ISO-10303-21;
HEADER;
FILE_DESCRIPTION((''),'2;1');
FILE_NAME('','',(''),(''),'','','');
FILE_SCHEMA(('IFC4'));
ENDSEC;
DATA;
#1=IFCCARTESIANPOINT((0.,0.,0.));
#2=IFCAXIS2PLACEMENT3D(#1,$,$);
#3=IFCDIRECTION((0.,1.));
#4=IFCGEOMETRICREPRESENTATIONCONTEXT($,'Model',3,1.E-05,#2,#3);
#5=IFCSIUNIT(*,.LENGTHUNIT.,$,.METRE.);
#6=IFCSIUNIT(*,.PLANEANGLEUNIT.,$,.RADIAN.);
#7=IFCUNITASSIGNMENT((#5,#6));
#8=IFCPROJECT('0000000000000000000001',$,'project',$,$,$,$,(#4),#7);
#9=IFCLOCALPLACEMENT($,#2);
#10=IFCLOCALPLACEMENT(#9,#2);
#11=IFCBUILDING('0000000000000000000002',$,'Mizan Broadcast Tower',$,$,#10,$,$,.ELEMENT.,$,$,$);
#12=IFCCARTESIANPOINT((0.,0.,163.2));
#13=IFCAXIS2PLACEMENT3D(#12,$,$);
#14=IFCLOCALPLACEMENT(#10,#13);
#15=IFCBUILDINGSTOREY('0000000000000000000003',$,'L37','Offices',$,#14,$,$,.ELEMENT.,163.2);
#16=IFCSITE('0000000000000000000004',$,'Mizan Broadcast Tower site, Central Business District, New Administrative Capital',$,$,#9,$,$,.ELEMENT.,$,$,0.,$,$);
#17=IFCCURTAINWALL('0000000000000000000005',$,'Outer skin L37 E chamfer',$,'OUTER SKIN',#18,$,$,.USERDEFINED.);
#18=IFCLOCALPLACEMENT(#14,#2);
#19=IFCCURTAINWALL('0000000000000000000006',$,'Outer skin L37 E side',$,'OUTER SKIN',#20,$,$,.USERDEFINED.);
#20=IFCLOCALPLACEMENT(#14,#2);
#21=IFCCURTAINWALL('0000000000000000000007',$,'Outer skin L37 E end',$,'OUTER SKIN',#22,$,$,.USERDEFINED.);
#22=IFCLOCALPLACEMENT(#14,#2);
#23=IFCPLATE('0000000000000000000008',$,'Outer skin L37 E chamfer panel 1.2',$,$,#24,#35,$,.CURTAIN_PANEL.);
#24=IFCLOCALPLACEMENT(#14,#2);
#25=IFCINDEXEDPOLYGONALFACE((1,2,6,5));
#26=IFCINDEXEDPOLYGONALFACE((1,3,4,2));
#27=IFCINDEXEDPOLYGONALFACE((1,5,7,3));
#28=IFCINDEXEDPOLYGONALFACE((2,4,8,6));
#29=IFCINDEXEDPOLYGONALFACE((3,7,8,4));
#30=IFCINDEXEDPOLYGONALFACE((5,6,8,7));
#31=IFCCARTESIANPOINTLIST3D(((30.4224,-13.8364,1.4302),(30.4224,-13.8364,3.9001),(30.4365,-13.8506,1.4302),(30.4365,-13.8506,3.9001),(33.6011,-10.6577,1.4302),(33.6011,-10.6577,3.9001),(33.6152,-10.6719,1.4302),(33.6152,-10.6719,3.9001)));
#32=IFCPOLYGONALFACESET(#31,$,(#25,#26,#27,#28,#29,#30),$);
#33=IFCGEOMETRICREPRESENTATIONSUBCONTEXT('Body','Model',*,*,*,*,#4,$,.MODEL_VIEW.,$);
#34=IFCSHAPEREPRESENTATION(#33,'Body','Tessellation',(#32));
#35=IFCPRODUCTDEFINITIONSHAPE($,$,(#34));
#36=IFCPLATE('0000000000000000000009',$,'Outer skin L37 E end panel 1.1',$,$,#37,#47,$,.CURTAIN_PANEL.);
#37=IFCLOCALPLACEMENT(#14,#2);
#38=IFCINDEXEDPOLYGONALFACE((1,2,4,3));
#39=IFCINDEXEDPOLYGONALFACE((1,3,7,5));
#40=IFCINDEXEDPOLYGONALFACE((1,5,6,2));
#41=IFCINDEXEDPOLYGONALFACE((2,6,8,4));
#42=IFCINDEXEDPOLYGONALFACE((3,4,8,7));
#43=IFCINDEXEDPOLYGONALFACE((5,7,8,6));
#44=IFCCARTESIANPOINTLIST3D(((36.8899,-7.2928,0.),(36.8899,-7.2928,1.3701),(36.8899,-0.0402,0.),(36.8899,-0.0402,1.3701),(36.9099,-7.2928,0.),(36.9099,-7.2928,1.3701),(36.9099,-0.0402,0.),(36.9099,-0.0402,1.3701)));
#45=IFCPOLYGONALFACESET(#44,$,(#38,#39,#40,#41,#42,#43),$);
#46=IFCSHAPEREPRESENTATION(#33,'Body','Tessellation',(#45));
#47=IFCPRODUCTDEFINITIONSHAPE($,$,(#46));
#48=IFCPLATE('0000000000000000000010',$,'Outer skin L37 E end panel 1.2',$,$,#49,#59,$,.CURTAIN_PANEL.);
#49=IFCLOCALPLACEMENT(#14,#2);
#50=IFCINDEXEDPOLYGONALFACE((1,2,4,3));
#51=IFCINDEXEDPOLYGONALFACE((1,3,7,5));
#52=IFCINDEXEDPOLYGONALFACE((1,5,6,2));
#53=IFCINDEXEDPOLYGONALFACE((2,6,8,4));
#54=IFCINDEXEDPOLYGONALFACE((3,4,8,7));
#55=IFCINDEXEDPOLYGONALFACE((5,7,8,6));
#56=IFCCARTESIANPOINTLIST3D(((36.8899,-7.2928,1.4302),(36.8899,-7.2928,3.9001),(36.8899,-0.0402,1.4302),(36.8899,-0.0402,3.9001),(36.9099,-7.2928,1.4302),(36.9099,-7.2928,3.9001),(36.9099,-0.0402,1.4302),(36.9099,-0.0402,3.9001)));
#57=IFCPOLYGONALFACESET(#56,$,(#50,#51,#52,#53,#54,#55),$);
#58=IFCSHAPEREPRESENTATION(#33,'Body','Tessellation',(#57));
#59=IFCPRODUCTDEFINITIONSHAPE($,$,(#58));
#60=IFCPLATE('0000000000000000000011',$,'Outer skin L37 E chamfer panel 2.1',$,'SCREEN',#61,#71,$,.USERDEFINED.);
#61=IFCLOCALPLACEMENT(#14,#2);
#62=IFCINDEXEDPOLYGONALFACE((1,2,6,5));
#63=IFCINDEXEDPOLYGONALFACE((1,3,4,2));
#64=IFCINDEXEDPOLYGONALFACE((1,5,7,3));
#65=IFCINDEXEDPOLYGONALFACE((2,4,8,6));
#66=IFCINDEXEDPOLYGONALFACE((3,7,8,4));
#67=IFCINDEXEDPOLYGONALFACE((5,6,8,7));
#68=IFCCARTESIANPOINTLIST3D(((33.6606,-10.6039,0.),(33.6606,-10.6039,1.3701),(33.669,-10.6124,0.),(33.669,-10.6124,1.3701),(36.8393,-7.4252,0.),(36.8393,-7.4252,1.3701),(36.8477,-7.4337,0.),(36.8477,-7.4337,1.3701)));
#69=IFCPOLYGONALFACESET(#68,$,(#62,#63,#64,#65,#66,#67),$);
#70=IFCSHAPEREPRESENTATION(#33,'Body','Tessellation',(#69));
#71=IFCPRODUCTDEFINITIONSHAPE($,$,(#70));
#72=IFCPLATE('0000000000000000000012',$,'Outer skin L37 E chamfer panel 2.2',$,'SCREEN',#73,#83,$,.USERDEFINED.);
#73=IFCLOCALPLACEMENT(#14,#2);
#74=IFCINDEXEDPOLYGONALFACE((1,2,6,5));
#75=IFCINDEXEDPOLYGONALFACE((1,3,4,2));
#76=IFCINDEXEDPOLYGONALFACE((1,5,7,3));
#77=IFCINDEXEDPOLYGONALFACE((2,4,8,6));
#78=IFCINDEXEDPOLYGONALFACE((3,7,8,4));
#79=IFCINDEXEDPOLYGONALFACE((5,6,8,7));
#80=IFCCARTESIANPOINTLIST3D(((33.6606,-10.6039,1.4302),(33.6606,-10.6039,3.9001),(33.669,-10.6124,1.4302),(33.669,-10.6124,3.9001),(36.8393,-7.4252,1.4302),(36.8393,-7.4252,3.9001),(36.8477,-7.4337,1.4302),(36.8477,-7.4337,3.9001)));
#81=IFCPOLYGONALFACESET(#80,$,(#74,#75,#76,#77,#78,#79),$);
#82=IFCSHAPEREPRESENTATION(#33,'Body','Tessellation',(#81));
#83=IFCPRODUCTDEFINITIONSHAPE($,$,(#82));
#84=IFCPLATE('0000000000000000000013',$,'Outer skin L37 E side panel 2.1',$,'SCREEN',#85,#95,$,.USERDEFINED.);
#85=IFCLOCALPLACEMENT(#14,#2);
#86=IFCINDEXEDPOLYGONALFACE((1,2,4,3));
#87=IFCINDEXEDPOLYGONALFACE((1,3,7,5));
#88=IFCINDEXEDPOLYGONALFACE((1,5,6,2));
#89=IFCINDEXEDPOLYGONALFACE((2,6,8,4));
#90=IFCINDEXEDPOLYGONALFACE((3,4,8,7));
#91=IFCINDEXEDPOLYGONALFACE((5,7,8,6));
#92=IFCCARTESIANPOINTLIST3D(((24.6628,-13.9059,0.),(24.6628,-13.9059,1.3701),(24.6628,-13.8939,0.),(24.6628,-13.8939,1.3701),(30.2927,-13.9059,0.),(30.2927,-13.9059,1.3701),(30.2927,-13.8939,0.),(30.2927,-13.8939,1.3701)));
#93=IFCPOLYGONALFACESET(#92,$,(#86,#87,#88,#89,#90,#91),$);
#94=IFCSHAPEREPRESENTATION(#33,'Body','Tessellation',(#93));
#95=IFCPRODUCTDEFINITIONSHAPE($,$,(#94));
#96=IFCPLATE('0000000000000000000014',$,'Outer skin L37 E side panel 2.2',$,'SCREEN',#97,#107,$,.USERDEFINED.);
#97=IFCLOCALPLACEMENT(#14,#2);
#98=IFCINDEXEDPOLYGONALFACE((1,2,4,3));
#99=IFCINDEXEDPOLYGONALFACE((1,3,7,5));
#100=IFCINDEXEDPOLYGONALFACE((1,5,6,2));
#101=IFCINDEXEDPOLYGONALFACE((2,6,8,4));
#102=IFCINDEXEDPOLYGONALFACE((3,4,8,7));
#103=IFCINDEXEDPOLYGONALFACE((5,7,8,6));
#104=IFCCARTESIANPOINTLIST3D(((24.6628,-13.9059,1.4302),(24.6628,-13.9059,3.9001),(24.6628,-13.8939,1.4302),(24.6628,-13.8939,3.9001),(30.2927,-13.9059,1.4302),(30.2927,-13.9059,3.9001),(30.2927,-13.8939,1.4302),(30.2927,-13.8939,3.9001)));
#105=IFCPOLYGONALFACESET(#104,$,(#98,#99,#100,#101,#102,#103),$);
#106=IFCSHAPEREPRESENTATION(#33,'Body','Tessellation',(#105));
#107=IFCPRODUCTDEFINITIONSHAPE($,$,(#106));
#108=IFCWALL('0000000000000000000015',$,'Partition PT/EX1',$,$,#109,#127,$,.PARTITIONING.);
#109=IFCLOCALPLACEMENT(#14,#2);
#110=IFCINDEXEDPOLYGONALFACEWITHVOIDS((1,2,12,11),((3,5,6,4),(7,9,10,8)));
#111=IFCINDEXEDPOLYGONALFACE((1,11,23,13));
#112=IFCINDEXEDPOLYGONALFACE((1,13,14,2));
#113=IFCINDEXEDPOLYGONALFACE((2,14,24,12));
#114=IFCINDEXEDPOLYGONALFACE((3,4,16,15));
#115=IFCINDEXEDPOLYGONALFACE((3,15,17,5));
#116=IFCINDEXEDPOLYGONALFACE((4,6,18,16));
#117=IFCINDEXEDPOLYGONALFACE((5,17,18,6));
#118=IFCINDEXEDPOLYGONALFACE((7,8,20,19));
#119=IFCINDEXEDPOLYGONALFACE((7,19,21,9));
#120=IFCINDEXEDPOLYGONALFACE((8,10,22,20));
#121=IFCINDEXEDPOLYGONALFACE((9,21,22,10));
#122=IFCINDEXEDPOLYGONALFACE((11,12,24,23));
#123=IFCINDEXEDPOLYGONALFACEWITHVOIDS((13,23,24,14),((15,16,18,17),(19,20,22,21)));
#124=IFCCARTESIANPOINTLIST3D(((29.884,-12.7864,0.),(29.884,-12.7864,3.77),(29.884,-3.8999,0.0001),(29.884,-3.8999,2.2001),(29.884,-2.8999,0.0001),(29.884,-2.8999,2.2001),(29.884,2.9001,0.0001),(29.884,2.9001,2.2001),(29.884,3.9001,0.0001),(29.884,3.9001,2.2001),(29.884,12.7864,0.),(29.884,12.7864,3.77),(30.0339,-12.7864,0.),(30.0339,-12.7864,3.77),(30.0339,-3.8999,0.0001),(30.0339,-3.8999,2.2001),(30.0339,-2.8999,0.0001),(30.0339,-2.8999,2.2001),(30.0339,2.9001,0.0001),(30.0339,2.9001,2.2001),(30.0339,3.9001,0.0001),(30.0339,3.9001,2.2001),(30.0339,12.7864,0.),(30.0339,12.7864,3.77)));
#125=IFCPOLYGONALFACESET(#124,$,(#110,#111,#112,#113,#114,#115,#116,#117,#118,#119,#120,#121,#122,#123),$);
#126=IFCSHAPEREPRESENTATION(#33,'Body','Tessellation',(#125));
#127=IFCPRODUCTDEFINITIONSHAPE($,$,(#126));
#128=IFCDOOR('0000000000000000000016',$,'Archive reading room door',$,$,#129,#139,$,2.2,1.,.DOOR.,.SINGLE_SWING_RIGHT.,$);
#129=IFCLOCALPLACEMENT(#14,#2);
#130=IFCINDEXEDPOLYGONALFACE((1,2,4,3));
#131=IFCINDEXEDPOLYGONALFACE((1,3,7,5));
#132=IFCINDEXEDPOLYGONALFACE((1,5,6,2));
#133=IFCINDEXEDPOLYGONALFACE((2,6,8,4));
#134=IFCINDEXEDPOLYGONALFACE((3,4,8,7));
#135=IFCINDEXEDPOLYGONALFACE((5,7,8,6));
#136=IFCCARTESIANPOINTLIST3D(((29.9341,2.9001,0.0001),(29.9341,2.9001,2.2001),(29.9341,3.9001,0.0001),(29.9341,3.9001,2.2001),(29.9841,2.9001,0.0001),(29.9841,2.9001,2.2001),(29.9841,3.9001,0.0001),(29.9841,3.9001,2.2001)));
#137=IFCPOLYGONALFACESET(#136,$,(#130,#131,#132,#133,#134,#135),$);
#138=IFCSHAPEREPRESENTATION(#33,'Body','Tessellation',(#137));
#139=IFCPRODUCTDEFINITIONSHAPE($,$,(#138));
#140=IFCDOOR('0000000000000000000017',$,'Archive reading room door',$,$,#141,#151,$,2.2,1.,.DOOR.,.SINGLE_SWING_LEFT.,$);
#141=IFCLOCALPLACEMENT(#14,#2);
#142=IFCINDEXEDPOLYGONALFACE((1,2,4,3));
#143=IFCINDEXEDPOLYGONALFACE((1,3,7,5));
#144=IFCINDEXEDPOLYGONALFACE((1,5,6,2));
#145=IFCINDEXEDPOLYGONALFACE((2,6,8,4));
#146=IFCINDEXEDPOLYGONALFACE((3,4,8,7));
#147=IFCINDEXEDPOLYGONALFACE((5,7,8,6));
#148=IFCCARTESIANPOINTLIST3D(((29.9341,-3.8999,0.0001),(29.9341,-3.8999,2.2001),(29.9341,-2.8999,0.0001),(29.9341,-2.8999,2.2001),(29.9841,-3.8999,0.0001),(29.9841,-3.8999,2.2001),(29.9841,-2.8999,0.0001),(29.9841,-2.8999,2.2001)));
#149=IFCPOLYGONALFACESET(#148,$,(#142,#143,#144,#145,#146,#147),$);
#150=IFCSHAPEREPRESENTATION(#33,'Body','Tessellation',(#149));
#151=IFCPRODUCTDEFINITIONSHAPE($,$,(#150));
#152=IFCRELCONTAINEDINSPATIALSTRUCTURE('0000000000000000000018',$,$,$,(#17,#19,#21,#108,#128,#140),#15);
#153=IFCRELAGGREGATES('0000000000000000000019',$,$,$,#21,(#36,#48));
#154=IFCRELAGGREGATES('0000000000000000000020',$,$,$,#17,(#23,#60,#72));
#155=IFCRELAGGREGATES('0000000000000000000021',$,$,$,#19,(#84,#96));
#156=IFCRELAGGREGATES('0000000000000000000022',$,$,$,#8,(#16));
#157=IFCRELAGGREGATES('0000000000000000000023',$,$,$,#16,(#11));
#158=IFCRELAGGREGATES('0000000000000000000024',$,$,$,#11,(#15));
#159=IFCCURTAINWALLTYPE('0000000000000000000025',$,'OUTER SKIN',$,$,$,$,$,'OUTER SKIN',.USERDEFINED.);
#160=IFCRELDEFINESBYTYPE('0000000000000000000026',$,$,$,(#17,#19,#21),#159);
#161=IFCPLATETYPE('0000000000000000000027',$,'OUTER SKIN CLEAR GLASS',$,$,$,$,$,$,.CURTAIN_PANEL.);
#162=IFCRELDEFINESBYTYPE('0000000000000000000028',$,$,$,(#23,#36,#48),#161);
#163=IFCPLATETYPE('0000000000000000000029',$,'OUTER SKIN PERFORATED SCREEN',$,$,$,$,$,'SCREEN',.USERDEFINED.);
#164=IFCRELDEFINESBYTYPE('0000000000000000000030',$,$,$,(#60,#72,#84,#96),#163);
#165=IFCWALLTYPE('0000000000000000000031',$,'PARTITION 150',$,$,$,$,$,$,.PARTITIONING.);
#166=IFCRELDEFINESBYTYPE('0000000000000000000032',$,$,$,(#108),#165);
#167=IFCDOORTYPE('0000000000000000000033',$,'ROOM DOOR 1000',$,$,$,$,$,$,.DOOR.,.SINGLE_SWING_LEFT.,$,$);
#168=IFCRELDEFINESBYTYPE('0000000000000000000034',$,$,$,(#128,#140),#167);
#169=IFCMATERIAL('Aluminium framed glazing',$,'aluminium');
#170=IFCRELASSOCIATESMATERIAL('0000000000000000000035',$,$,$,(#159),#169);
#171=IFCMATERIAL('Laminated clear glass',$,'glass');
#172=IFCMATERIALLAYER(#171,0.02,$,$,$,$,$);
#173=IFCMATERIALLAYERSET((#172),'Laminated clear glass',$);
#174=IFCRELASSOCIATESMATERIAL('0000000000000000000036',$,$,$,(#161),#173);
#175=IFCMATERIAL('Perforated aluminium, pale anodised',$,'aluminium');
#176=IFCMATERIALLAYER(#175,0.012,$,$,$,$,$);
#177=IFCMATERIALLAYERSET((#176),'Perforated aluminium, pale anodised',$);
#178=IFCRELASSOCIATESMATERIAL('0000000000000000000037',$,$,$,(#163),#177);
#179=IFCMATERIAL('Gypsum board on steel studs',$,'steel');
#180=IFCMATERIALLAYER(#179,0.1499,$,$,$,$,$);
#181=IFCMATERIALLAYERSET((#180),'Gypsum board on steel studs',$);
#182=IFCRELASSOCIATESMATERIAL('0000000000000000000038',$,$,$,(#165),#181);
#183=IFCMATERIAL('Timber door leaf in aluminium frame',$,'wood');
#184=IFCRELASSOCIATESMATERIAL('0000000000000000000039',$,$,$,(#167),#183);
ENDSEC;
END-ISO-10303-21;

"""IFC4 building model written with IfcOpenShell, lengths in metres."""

from ifc_helpers import new_model, si_unit, direction, frame, frame_2d, origin, origin_2d, place, context, subcontext, project, spatial, rectangle, extrude, material, layer, layer_set, type_object, element, fill, aggregate, save


model = new_model("IFC4")

# Units and contexts
model_context = context("Model", 3, precision=1e-05, world=origin(), true_north=direction((0.0, 1.0)))
body_context = subcontext(model_context, "Body", "Model", "MODEL_VIEW")
ifc_project = project(units=[si_unit("LENGTHUNIT", "METRE"), si_unit("PLANEANGLEUNIT", "RADIAN")], contexts=[model_context])

# Site, building, storey
site_placement = place(None, origin())
site = spatial("IfcSite", under=ifc_project, at=site_placement, Name="Mizan Broadcast Tower site, Central Business District, New Administrative Capital", CompositionType="ELEMENT", RefElevation=0.0)
building_placement = place(site_placement, origin())
building = spatial("IfcBuilding", under=site, at=building_placement, Name="Mizan Broadcast Tower", CompositionType="ELEMENT")
storey_placement = place(building_placement, frame((0.0, 0.0, 163.2)))
storey = spatial("IfcBuildingStorey", under=building, at=storey_placement, Name="L37", Description="Offices", CompositionType="ELEMENT", Elevation=163.2)

# Curtain wall
ifc_material_1 = material(Name="Aluminium framed glazing", Category="aluminium")
curtain_wall_type_1 = type_object("IfcCurtainWallType", Name="OUTER SKIN", ElementType="OUTER SKIN", PredefinedType="USERDEFINED", material=ifc_material_1)
curtain_wall_1_placement = place(storey_placement, origin())
curtain_wall_1 = element("IfcCurtainWall", 1, at=curtain_wall_1_placement, inside=storey, type_object=curtain_wall_type_1, Name="Outer skin L37 E chamfer", ObjectType="OUTER SKIN", PredefinedType="USERDEFINED")

# Curtain wall
curtain_wall_2_placement = place(storey_placement, origin())
curtain_wall_2 = element("IfcCurtainWall", 2, at=curtain_wall_2_placement, inside=storey, type_object=curtain_wall_type_1, Name="Outer skin L37 E side", ObjectType="OUTER SKIN", PredefinedType="USERDEFINED")

# Curtain wall
curtain_wall_3_placement = place(storey_placement, origin())
curtain_wall_3 = element("IfcCurtainWall", 3, at=curtain_wall_3_placement, inside=storey, type_object=curtain_wall_type_1, Name="Outer skin L37 E end", ObjectType="OUTER SKIN", PredefinedType="USERDEFINED")

# Plates
ifc_material_2 = material(Name="Laminated clear glass", Category="glass")
ifc_layer_1 = layer(ifc_material_2, 0.02)
ifc_layer_set_1 = layer_set([ifc_layer_1], Name="Laminated clear glass")
plate_type_1 = type_object("IfcPlateType", Name="OUTER SKIN CLEAR GLASS", PredefinedType="CURTAIN_PANEL", material=ifc_layer_set_1)
plate_1_placement = place(storey_placement, frame((32.0188, -12.2542, 1.4302), z_axis=(0.0, 0.0, 1.0), x_axis=(0.707107, 0.707107, 0.0)))
plate_1 = element("IfcPlate", 4, at=plate_1_placement, type_object=plate_type_1, Name="Outer skin L37 E chamfer panel 1.2", PredefinedType="CURTAIN_PANEL", context=body_context, shape_type="SweptSolid", body=[
    extrude(rectangle(XDim=4.4954, YDim=0.02, at=origin_2d()), origin(), (0.0, 0.0, 1.0), 2.47),
])
plate_2_placement = place(storey_placement, frame((36.8999, -3.6665, 0.0), z_axis=(0.0, 0.0, 1.0), x_axis=(0.0, 1.0, 0.0)))
plate_2 = element("IfcPlate", 5, at=plate_2_placement, type_object=plate_type_1, Name="Outer skin L37 E end panel 1.1", PredefinedType="CURTAIN_PANEL", context=body_context, shape_type="SweptSolid", body=[
    extrude(rectangle(XDim=7.2527, YDim=0.02, at=origin_2d()), origin(), (0.0, 0.0, 1.0), 1.3701),
])
plate_3_placement = place(storey_placement, frame((36.8999, -3.6665, 1.4302), z_axis=(0.0, 0.0, 1.0), x_axis=(0.0, 1.0, 0.0)))
plate_3 = element("IfcPlate", 6, at=plate_3_placement, type_object=plate_type_1, Name="Outer skin L37 E end panel 1.2", PredefinedType="CURTAIN_PANEL", context=body_context, shape_type="SweptSolid", body=[
    extrude(rectangle(XDim=7.2527, YDim=0.02, at=origin_2d()), origin(), (0.0, 0.0, 1.0), 2.47),
])
aggregate(curtain_wall_3, [plate_2, plate_3])
ifc_material_3 = material(Name="Perforated aluminium, pale anodised", Category="aluminium")
ifc_layer_2 = layer(ifc_material_3, 0.012)
ifc_layer_set_2 = layer_set([ifc_layer_2], Name="Perforated aluminium, pale anodised")
plate_type_2 = type_object("IfcPlateType", Name="OUTER SKIN PERFORATED SCREEN", ElementType="SCREEN", PredefinedType="USERDEFINED", material=ifc_layer_set_2)
plate_4_placement = place(storey_placement, frame((35.2542, -9.0188, 0.0), z_axis=(0.0, 0.0, 1.0), x_axis=(0.707107, 0.707107, 0.0)))
plate_4 = element("IfcPlate", 7, at=plate_4_placement, type_object=plate_type_2, Name="Outer skin L37 E chamfer panel 2.1", ObjectType="SCREEN", PredefinedType="USERDEFINED", context=body_context, shape_type="SweptSolid", body=[
    extrude(rectangle(XDim=4.4954, YDim=0.012, at=origin_2d()), origin(), (0.0, 0.0, 1.0), 1.3701),
])
plate_5_placement = place(storey_placement, frame((35.2542, -9.0188, 1.4302), z_axis=(0.0, 0.0, 1.0), x_axis=(0.707107, 0.707107, 0.0)))
plate_5 = element("IfcPlate", 8, at=plate_5_placement, type_object=plate_type_2, Name="Outer skin L37 E chamfer panel 2.2", ObjectType="SCREEN", PredefinedType="USERDEFINED", context=body_context, shape_type="SweptSolid", body=[
    extrude(rectangle(XDim=4.4954, YDim=0.012, at=origin_2d()), origin(), (0.0, 0.0, 1.0), 2.47),
])
aggregate(curtain_wall_1, [plate_1, plate_4, plate_5])
plate_6_placement = place(storey_placement, frame((27.4778, -13.8999, 0.0), z_axis=(0.0, 0.0, 1.0), x_axis=(1.0, 0.0, 0.0)))
plate_6 = element("IfcPlate", 9, at=plate_6_placement, type_object=plate_type_2, Name="Outer skin L37 E side panel 2.1", ObjectType="SCREEN", PredefinedType="USERDEFINED", context=body_context, shape_type="SweptSolid", body=[
    extrude(rectangle(XDim=5.6299, YDim=0.012, at=origin_2d()), origin(), (0.0, 0.0, 1.0), 1.3701),
])
plate_7_placement = place(storey_placement, frame((27.4778, -13.8999, 1.4302), z_axis=(0.0, 0.0, 1.0), x_axis=(1.0, 0.0, 0.0)))
plate_7 = element("IfcPlate", 10, at=plate_7_placement, type_object=plate_type_2, Name="Outer skin L37 E side panel 2.2", ObjectType="SCREEN", PredefinedType="USERDEFINED", context=body_context, shape_type="SweptSolid", body=[
    extrude(rectangle(XDim=5.6299, YDim=0.012, at=origin_2d()), origin(), (0.0, 0.0, 1.0), 2.47),
])
aggregate(curtain_wall_2, [plate_6, plate_7])

# Wall, openings, doors
ifc_material_4 = material(Name="Gypsum board on steel studs", Category="steel")
ifc_layer_3 = layer(ifc_material_4, 0.1499)
ifc_layer_set_3 = layer_set([ifc_layer_3], Name="Gypsum board on steel studs")
wall_type = type_object("IfcWallType", Name="PARTITION 150", PredefinedType="PARTITIONING", material=ifc_layer_set_3)
wall_placement = place(storey_placement, frame((29.959, -12.7864, 0.0), z_axis=(0.0, 0.0, 1.0), x_axis=(0.0, 1.0, 0.0)))
wall = element("IfcWall", 11, at=wall_placement, inside=storey, type_object=wall_type, Name="Partition PT/EX1", PredefinedType="PARTITIONING", context=body_context, shape_type="SweptSolid", body=[
    extrude(rectangle(XDim=25.5728, YDim=0.1499, at=frame_2d((12.7864, 0.0))), origin(), (0.0, 0.0, 1.0), 3.77),
])
opening_1_placement = place(wall_placement, frame((15.6865, 0.0, 0.0)))
opening_1 = element("IfcOpeningElement", 12, at=opening_1_placement, cuts=wall, PredefinedType="OPENING", context=body_context, shape_type="SweptSolid", body=[
    extrude(rectangle(XDim=1.0, YDim=2.2, at=frame_2d((0.5, 1.1001))), frame((0.0, 0.085, 0.0), z_axis=(0.0, -1.0, 0.0), x_axis=(1.0, 0.0, 0.0)), (0.0, 0.0, 1.0), 0.1699),
])
opening_2_placement = place(wall_placement, frame((8.8865, 0.0, 0.0)))
opening_2 = element("IfcOpeningElement", 13, at=opening_2_placement, cuts=wall, PredefinedType="OPENING", context=body_context, shape_type="SweptSolid", body=[
    extrude(rectangle(XDim=1.0, YDim=2.2, at=frame_2d((0.5, 1.1001))), frame((0.0, 0.085, 0.0), z_axis=(0.0, -1.0, 0.0), x_axis=(1.0, 0.0, 0.0)), (0.0, 0.0, 1.0), 0.1699),
])
ifc_material_5 = material(Name="Timber door leaf in aluminium frame", Category="wood")
door_type = type_object("IfcDoorType", Name="ROOM DOOR 1000", OperationType="SINGLE_SWING_LEFT", PredefinedType="DOOR", material=ifc_material_5)
door_1_placement = place(opening_1_placement, origin())
door_1 = element("IfcDoor", 14, at=door_1_placement, inside=storey, type_object=door_type, Name="Archive reading room door", OperationType="SINGLE_SWING_RIGHT", OverallHeight=2.2, OverallWidth=1.0, PredefinedType="DOOR", context=body_context, shape_type="SweptSolid", body=[
    extrude(rectangle(XDim=1.0, YDim=2.2, at=frame_2d((0.5, 1.1001))), frame((0.0, 0.0249, 0.0), z_axis=(0.0, -1.0, 0.0), x_axis=(1.0, 0.0, 0.0)), (0.0, 0.0, 1.0), 0.05),
])
fill(opening_1, door_1)
door_2_placement = place(opening_2_placement, origin())
door_2 = element("IfcDoor", 15, at=door_2_placement, inside=storey, type_object=door_type, Name="Archive reading room door", OperationType="SINGLE_SWING_LEFT", OverallHeight=2.2, OverallWidth=1.0, PredefinedType="DOOR", context=body_context, shape_type="SweptSolid", body=[
    extrude(rectangle(XDim=1.0, YDim=2.2, at=frame_2d((0.5, 1.1001))), frame((0.0, 0.0249, 0.0), z_axis=(0.0, -1.0, 0.0), x_axis=(1.0, 0.0, 0.0)), (0.0, 0.0, 1.0), 0.05),
])
fill(opening_2, door_2)

save(model, "model.ifc")
